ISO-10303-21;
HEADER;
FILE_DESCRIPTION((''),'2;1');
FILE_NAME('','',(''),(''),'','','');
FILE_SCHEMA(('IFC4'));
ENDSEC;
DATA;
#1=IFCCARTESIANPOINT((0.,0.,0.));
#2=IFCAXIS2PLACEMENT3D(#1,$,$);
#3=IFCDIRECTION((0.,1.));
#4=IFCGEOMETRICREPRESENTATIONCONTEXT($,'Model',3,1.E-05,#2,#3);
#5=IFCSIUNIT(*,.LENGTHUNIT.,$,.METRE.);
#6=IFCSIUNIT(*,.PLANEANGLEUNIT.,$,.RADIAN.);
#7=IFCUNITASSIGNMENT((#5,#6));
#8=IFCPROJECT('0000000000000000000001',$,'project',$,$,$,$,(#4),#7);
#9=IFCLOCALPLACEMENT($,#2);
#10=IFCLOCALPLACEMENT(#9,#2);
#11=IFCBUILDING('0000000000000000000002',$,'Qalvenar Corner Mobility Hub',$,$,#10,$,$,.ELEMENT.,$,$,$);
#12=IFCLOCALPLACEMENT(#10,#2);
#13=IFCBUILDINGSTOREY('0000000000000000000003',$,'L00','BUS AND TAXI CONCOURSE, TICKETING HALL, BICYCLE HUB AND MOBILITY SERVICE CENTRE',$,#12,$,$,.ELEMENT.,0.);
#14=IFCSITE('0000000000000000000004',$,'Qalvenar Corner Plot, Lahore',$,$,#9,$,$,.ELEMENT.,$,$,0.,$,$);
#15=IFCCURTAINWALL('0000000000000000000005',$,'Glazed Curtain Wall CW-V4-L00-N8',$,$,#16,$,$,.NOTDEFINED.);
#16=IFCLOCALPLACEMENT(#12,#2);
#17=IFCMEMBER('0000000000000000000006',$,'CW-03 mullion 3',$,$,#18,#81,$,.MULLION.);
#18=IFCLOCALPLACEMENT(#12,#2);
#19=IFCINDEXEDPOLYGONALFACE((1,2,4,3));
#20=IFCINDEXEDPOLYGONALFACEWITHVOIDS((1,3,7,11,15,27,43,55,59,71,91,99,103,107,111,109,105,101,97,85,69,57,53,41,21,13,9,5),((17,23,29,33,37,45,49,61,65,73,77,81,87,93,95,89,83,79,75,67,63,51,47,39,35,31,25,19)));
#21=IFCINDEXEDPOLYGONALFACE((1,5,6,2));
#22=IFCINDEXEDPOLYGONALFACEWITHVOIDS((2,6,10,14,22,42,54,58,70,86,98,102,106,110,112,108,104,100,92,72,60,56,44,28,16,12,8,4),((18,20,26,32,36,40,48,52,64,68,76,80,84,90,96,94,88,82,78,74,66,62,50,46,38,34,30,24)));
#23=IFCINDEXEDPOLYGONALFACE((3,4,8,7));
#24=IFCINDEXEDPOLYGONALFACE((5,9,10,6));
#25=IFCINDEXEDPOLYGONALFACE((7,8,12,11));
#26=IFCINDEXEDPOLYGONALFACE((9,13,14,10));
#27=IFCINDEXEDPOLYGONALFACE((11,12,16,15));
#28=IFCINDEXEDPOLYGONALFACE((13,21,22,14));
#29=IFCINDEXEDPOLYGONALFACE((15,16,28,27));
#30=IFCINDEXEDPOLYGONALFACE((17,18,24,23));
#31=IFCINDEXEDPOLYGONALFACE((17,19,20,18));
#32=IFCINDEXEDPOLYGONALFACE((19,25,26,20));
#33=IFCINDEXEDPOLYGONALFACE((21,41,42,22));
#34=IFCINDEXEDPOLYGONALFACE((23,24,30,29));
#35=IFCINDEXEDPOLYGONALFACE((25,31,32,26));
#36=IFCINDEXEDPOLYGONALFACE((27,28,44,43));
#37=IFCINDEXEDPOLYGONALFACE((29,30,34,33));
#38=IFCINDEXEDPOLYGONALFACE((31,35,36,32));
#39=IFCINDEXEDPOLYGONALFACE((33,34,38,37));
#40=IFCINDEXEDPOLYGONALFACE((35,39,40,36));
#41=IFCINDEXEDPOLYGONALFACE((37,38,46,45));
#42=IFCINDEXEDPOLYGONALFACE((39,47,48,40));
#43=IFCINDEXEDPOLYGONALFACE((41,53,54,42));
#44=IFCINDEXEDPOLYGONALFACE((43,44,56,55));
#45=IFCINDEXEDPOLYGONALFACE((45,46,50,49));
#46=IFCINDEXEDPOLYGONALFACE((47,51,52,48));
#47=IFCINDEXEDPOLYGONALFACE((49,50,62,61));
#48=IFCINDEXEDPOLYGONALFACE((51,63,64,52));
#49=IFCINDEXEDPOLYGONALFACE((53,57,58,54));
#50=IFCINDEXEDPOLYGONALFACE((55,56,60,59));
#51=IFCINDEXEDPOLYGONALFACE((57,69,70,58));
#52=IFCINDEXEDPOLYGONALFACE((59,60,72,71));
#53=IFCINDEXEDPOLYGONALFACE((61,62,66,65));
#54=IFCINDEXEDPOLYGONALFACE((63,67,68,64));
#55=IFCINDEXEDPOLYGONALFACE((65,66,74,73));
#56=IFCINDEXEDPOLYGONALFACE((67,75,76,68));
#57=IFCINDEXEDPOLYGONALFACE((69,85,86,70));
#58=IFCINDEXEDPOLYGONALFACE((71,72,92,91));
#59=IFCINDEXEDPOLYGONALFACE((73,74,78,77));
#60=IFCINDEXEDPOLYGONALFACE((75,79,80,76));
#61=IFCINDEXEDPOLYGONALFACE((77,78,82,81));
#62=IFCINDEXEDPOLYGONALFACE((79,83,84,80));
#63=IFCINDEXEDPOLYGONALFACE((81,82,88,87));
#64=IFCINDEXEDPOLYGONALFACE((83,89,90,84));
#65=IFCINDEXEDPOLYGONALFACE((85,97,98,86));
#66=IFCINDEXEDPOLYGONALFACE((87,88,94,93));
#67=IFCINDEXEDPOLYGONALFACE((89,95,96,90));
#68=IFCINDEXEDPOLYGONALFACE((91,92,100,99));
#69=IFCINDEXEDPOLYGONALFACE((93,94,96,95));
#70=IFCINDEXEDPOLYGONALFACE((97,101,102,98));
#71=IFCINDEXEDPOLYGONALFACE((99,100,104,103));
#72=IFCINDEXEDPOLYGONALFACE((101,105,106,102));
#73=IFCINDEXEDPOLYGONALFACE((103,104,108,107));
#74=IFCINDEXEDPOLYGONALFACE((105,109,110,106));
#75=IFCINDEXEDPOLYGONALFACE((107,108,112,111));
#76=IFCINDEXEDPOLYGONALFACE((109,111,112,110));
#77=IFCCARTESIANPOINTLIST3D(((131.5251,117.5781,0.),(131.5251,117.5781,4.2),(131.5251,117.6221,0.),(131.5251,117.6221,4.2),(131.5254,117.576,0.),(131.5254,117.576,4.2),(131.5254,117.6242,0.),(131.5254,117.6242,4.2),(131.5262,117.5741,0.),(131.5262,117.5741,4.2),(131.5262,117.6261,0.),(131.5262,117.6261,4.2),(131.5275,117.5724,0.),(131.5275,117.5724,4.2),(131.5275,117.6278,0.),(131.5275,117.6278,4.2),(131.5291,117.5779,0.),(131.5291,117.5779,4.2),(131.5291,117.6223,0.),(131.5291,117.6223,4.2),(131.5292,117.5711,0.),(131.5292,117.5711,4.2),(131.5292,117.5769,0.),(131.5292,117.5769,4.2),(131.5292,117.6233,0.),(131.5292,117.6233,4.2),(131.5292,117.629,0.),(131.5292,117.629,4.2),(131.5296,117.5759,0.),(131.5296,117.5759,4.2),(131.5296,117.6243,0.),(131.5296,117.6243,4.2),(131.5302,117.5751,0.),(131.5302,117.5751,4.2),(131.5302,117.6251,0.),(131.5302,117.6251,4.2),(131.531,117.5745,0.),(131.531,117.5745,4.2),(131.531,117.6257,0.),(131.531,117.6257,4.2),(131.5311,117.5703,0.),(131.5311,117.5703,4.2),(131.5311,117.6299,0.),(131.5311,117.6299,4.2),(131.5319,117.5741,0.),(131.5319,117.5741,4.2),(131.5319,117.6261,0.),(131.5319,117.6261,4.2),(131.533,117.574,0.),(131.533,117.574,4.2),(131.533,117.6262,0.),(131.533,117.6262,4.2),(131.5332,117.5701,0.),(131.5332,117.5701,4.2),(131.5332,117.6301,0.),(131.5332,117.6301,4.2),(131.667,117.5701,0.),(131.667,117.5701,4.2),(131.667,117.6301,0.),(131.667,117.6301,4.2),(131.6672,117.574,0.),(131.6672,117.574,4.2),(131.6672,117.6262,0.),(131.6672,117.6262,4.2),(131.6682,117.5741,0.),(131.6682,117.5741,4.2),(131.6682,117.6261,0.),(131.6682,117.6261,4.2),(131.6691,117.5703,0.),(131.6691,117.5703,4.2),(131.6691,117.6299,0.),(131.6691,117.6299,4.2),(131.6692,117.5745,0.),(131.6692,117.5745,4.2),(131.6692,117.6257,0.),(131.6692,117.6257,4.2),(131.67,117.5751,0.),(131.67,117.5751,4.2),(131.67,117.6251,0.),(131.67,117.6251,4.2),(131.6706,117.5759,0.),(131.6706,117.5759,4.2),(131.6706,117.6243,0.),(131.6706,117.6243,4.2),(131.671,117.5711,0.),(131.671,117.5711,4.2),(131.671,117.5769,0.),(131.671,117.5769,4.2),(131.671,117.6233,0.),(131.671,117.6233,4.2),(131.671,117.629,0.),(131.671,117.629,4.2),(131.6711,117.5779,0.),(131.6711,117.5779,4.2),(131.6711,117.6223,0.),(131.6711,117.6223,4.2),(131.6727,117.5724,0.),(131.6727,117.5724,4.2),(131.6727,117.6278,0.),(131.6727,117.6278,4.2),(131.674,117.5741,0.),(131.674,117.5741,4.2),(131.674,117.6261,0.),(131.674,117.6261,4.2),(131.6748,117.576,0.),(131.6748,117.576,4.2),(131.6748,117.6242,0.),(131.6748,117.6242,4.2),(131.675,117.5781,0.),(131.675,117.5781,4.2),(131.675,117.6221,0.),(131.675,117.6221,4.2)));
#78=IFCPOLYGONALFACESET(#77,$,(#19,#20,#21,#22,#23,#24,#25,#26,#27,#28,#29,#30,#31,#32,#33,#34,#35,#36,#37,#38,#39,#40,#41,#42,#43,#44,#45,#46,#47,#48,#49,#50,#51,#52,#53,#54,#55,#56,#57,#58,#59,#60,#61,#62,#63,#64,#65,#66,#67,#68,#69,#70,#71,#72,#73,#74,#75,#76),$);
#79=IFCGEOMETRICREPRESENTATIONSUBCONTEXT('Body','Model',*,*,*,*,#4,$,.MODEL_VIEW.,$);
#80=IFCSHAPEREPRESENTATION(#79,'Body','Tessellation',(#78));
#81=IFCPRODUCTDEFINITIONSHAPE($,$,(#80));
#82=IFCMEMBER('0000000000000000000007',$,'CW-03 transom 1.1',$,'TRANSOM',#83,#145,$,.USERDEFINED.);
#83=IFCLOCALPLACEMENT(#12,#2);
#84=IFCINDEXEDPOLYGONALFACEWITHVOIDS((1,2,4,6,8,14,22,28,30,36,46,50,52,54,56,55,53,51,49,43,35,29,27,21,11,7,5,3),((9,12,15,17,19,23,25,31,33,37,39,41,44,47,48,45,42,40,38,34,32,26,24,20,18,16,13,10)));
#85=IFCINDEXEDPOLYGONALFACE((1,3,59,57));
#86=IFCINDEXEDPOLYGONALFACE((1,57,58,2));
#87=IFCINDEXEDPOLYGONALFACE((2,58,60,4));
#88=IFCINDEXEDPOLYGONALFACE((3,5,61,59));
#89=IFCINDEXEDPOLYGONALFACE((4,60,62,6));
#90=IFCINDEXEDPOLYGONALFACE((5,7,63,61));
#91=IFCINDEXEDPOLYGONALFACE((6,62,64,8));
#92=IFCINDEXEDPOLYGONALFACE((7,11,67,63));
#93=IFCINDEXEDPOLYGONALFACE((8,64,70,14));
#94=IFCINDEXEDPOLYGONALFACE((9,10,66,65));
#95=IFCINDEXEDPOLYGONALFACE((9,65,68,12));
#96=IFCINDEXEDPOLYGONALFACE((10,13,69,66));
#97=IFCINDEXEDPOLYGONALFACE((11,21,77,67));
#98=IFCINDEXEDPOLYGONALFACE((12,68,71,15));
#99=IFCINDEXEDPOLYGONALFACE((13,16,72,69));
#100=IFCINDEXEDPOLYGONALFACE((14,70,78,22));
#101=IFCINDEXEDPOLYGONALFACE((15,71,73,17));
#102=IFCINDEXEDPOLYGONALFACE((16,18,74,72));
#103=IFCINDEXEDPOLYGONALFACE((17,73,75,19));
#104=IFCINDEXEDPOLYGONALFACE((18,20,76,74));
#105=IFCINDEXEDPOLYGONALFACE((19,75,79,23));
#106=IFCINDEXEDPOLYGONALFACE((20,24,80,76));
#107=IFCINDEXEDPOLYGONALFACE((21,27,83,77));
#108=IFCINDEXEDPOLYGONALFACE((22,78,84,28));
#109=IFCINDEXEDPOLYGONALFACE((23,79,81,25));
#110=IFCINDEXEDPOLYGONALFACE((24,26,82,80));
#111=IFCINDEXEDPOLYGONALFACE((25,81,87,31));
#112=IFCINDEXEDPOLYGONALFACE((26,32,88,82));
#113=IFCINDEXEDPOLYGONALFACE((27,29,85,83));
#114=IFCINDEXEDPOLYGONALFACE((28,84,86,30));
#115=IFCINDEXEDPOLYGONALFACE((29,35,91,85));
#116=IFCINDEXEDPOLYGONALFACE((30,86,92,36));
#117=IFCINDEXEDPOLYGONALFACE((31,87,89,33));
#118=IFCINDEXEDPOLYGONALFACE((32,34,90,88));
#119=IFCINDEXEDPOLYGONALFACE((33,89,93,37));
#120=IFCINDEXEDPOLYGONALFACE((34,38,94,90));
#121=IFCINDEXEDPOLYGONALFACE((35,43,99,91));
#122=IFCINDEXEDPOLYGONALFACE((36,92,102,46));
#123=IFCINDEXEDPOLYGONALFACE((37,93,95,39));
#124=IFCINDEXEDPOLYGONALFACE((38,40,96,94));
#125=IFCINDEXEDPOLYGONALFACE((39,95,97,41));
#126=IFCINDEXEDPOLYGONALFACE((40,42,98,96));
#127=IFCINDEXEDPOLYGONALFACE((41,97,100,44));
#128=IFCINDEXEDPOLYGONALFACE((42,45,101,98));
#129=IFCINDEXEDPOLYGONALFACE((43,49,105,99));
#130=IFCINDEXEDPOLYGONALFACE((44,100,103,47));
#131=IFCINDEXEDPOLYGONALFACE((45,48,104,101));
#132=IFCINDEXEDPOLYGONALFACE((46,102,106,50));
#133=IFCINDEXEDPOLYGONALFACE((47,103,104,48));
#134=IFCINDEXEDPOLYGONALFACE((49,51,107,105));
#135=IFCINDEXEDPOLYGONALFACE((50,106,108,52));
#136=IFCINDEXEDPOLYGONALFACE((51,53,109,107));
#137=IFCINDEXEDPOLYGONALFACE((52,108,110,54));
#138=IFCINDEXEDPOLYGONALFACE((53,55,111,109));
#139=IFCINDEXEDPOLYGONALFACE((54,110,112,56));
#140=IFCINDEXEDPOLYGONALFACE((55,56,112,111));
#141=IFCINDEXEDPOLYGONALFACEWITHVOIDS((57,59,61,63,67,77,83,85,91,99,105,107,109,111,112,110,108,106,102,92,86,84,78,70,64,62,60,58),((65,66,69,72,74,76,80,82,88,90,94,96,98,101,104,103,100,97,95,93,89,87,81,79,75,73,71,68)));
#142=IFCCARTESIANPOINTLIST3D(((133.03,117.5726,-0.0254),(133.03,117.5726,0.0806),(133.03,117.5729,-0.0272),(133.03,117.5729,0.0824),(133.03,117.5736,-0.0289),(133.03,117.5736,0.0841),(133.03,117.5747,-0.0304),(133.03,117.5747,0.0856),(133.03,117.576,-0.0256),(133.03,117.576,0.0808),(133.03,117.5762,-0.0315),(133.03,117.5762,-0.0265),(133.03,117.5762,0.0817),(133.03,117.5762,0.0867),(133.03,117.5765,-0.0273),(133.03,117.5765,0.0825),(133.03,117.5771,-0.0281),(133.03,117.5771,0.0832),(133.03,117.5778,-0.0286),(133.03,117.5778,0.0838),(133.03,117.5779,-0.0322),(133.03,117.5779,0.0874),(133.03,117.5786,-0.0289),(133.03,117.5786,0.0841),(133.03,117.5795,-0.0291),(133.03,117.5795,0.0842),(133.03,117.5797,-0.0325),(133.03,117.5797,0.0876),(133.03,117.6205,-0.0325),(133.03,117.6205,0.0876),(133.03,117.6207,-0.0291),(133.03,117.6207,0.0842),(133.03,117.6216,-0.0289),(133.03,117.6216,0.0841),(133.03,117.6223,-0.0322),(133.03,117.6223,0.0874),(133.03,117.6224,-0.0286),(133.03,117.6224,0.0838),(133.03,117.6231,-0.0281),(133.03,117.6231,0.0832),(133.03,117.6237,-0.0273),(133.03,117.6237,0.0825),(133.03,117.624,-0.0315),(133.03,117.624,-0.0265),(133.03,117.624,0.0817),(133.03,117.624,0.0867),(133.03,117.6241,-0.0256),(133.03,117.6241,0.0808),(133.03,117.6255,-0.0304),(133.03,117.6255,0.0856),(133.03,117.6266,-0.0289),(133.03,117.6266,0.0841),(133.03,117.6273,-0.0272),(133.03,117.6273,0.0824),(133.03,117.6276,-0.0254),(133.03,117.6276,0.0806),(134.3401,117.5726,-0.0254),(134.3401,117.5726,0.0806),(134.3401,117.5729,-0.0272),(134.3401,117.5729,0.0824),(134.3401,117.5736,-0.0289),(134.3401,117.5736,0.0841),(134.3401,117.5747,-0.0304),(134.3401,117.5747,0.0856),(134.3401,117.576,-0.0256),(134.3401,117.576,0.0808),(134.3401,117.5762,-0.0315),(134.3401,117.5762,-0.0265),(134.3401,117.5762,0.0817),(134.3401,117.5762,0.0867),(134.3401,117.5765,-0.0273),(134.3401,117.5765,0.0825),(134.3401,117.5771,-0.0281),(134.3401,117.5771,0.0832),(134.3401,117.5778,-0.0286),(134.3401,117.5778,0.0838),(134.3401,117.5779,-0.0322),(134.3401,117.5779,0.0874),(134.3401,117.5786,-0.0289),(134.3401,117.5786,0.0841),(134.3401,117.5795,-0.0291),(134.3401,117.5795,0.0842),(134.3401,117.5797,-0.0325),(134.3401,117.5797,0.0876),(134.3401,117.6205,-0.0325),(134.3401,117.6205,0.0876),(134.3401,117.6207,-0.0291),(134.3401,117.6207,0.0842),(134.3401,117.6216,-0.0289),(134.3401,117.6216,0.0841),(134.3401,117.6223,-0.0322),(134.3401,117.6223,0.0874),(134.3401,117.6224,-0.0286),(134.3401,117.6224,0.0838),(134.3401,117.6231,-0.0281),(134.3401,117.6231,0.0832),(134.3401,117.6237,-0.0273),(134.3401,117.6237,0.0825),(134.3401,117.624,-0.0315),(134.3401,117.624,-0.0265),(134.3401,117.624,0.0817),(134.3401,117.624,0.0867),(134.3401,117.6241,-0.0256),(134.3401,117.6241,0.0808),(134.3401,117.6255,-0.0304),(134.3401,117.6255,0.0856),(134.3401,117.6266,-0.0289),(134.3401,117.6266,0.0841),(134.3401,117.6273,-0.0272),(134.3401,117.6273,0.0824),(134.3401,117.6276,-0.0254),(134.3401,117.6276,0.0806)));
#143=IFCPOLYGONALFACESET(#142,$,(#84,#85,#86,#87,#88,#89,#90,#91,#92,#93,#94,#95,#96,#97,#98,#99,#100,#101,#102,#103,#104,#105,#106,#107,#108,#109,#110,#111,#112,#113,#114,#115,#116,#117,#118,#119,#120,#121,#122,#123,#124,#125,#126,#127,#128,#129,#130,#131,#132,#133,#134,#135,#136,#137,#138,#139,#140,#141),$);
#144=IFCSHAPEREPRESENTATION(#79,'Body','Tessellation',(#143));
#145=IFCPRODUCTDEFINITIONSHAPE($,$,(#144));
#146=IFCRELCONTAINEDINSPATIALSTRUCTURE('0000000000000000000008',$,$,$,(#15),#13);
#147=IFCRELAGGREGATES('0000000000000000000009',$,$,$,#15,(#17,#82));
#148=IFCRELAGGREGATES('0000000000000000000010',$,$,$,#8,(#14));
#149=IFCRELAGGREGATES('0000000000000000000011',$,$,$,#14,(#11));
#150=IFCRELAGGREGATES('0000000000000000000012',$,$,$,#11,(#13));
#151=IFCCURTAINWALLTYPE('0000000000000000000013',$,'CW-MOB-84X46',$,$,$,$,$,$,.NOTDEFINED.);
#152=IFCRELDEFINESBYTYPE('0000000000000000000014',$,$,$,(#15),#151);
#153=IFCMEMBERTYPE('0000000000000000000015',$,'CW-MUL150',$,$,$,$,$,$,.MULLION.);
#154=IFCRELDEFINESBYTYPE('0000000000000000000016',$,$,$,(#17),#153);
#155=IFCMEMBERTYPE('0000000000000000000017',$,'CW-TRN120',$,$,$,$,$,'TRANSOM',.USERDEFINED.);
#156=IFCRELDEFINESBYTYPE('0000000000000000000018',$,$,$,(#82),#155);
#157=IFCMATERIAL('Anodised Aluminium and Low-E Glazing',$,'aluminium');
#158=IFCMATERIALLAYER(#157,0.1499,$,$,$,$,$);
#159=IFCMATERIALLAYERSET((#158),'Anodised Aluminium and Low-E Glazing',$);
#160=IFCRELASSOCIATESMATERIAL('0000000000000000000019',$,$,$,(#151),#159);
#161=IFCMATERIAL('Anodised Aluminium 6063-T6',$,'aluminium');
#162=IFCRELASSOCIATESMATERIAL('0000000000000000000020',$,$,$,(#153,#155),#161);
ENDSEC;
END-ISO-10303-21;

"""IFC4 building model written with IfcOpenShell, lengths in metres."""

from ifc_helpers import new_model, si_unit, direction, frame, origin, origin_2d, place, context, subcontext, project, spatial, hollow_rectangle, extrude, material, layer, layer_set, material_profile, profile_set, type_object, element, aggregate, save


model = new_model("IFC4")

# Units and contexts
model_context = context("Model", 3, precision=1e-05, world=origin(), true_north=direction((0.0, 1.0)))
body_context = subcontext(model_context, "Body", "Model", "MODEL_VIEW")
ifc_project = project(units=[si_unit("LENGTHUNIT", "METRE"), si_unit("PLANEANGLEUNIT", "RADIAN")], contexts=[model_context])

# Site, building, storey
site_placement = place(None, origin())
site = spatial("IfcSite", under=ifc_project, at=site_placement, Name="Qalvenar Corner Plot, Lahore", CompositionType="ELEMENT", RefElevation=0.0)
building_placement = place(site_placement, origin())
building = spatial("IfcBuilding", under=site, at=building_placement, Name="Qalvenar Corner Mobility Hub", CompositionType="ELEMENT")
storey_placement = place(building_placement, origin())
storey = spatial("IfcBuildingStorey", under=building, at=storey_placement, Name="L00", Description="BUS AND TAXI CONCOURSE, TICKETING HALL, BICYCLE HUB AND MOBILITY SERVICE CENTRE", CompositionType="ELEMENT", Elevation=0.0)

# Curtain wall, members
ifc_material_1 = material(Name="Anodised Aluminium and Low-E Glazing", Category="aluminium")
ifc_layer_1 = layer(ifc_material_1, 0.1499)
ifc_layer_set_1 = layer_set([ifc_layer_1], Name="Anodised Aluminium and Low-E Glazing")
curtain_wall_type = type_object("IfcCurtainWallType", Name="CW-MOB-84X46", PredefinedType="NOTDEFINED", material=ifc_layer_set_1)
curtain_wall_placement = place(storey_placement, origin())
curtain_wall = element("IfcCurtainWall", 1, at=curtain_wall_placement, inside=storey, type_object=curtain_wall_type, Name="Glazed Curtain Wall CW-V4-L00-N8", PredefinedType="NOTDEFINED")
ifc_material_2 = material(Name="Anodised Aluminium 6063-T6", Category="aluminium")
ifc_material_profile_1 = material_profile(ifc_material_2, hollow_rectangle(XDim=0.0601, YDim=0.1499, WallThickness=0.0039, InnerFilletRadius=0.0039, OuterFilletRadius=0.0081, at=origin_2d()), Name="RHS150x60x4")
ifc_profile_set_1 = profile_set([ifc_material_profile_1], Name="Anodised Aluminium 6063-T6")
member_type_1 = type_object("IfcMemberType", Name="CW-MUL150", PredefinedType="MULLION", material=ifc_profile_set_1)
member_1_placement = place(storey_placement, frame((131.6001, 117.6001, 0.0), z_axis=(0.0, 0.0, 1.0), x_axis=(0.0, -1.0, 0.0)))
member_1 = element("IfcMember", 2, at=member_1_placement, type_object=member_type_1, Name="CW-03 mullion 3", PredefinedType="MULLION", context=body_context, shape_type="SweptSolid", body=[
    extrude(hollow_rectangle(XDim=0.0601, YDim=0.1499, WallThickness=0.0039, InnerFilletRadius=0.0039, OuterFilletRadius=0.0081, at=origin_2d()), origin(), (0.0, 0.0, 1.0), 4.2),
])
ifc_material_profile_2 = material_profile(ifc_material_2, hollow_rectangle(XDim=0.0549, YDim=0.1201, WallThickness=0.0034, InnerFilletRadius=0.0034, OuterFilletRadius=0.0071, at=origin_2d()), Name="RHS120x55x3.5")
ifc_profile_set_2 = profile_set([ifc_material_profile_2], Name="Anodised Aluminium 6063-T6")
member_type_2 = type_object("IfcMemberType", Name="CW-TRN120", ElementType="TRANSOM", PredefinedType="USERDEFINED", material=ifc_profile_set_2)
member_2_placement = place(storey_placement, frame((134.3401, 117.6001, 0.0276), z_axis=(-1.0, 0.0, 0.0), x_axis=(0.0, -1.0, 0.0)))
member_2 = element("IfcMember", 3, at=member_2_placement, type_object=member_type_2, Name="CW-03 transom 1.1", ObjectType="TRANSOM", PredefinedType="USERDEFINED", context=body_context, shape_type="SweptSolid", body=[
    extrude(hollow_rectangle(XDim=0.0549, YDim=0.1201, WallThickness=0.0034, InnerFilletRadius=0.0034, OuterFilletRadius=0.0071, at=origin_2d()), origin(), (0.0, 0.0, 1.0), 1.3101),
])
aggregate(curtain_wall, [member_1, member_2])

save(model, "model.ifc")
